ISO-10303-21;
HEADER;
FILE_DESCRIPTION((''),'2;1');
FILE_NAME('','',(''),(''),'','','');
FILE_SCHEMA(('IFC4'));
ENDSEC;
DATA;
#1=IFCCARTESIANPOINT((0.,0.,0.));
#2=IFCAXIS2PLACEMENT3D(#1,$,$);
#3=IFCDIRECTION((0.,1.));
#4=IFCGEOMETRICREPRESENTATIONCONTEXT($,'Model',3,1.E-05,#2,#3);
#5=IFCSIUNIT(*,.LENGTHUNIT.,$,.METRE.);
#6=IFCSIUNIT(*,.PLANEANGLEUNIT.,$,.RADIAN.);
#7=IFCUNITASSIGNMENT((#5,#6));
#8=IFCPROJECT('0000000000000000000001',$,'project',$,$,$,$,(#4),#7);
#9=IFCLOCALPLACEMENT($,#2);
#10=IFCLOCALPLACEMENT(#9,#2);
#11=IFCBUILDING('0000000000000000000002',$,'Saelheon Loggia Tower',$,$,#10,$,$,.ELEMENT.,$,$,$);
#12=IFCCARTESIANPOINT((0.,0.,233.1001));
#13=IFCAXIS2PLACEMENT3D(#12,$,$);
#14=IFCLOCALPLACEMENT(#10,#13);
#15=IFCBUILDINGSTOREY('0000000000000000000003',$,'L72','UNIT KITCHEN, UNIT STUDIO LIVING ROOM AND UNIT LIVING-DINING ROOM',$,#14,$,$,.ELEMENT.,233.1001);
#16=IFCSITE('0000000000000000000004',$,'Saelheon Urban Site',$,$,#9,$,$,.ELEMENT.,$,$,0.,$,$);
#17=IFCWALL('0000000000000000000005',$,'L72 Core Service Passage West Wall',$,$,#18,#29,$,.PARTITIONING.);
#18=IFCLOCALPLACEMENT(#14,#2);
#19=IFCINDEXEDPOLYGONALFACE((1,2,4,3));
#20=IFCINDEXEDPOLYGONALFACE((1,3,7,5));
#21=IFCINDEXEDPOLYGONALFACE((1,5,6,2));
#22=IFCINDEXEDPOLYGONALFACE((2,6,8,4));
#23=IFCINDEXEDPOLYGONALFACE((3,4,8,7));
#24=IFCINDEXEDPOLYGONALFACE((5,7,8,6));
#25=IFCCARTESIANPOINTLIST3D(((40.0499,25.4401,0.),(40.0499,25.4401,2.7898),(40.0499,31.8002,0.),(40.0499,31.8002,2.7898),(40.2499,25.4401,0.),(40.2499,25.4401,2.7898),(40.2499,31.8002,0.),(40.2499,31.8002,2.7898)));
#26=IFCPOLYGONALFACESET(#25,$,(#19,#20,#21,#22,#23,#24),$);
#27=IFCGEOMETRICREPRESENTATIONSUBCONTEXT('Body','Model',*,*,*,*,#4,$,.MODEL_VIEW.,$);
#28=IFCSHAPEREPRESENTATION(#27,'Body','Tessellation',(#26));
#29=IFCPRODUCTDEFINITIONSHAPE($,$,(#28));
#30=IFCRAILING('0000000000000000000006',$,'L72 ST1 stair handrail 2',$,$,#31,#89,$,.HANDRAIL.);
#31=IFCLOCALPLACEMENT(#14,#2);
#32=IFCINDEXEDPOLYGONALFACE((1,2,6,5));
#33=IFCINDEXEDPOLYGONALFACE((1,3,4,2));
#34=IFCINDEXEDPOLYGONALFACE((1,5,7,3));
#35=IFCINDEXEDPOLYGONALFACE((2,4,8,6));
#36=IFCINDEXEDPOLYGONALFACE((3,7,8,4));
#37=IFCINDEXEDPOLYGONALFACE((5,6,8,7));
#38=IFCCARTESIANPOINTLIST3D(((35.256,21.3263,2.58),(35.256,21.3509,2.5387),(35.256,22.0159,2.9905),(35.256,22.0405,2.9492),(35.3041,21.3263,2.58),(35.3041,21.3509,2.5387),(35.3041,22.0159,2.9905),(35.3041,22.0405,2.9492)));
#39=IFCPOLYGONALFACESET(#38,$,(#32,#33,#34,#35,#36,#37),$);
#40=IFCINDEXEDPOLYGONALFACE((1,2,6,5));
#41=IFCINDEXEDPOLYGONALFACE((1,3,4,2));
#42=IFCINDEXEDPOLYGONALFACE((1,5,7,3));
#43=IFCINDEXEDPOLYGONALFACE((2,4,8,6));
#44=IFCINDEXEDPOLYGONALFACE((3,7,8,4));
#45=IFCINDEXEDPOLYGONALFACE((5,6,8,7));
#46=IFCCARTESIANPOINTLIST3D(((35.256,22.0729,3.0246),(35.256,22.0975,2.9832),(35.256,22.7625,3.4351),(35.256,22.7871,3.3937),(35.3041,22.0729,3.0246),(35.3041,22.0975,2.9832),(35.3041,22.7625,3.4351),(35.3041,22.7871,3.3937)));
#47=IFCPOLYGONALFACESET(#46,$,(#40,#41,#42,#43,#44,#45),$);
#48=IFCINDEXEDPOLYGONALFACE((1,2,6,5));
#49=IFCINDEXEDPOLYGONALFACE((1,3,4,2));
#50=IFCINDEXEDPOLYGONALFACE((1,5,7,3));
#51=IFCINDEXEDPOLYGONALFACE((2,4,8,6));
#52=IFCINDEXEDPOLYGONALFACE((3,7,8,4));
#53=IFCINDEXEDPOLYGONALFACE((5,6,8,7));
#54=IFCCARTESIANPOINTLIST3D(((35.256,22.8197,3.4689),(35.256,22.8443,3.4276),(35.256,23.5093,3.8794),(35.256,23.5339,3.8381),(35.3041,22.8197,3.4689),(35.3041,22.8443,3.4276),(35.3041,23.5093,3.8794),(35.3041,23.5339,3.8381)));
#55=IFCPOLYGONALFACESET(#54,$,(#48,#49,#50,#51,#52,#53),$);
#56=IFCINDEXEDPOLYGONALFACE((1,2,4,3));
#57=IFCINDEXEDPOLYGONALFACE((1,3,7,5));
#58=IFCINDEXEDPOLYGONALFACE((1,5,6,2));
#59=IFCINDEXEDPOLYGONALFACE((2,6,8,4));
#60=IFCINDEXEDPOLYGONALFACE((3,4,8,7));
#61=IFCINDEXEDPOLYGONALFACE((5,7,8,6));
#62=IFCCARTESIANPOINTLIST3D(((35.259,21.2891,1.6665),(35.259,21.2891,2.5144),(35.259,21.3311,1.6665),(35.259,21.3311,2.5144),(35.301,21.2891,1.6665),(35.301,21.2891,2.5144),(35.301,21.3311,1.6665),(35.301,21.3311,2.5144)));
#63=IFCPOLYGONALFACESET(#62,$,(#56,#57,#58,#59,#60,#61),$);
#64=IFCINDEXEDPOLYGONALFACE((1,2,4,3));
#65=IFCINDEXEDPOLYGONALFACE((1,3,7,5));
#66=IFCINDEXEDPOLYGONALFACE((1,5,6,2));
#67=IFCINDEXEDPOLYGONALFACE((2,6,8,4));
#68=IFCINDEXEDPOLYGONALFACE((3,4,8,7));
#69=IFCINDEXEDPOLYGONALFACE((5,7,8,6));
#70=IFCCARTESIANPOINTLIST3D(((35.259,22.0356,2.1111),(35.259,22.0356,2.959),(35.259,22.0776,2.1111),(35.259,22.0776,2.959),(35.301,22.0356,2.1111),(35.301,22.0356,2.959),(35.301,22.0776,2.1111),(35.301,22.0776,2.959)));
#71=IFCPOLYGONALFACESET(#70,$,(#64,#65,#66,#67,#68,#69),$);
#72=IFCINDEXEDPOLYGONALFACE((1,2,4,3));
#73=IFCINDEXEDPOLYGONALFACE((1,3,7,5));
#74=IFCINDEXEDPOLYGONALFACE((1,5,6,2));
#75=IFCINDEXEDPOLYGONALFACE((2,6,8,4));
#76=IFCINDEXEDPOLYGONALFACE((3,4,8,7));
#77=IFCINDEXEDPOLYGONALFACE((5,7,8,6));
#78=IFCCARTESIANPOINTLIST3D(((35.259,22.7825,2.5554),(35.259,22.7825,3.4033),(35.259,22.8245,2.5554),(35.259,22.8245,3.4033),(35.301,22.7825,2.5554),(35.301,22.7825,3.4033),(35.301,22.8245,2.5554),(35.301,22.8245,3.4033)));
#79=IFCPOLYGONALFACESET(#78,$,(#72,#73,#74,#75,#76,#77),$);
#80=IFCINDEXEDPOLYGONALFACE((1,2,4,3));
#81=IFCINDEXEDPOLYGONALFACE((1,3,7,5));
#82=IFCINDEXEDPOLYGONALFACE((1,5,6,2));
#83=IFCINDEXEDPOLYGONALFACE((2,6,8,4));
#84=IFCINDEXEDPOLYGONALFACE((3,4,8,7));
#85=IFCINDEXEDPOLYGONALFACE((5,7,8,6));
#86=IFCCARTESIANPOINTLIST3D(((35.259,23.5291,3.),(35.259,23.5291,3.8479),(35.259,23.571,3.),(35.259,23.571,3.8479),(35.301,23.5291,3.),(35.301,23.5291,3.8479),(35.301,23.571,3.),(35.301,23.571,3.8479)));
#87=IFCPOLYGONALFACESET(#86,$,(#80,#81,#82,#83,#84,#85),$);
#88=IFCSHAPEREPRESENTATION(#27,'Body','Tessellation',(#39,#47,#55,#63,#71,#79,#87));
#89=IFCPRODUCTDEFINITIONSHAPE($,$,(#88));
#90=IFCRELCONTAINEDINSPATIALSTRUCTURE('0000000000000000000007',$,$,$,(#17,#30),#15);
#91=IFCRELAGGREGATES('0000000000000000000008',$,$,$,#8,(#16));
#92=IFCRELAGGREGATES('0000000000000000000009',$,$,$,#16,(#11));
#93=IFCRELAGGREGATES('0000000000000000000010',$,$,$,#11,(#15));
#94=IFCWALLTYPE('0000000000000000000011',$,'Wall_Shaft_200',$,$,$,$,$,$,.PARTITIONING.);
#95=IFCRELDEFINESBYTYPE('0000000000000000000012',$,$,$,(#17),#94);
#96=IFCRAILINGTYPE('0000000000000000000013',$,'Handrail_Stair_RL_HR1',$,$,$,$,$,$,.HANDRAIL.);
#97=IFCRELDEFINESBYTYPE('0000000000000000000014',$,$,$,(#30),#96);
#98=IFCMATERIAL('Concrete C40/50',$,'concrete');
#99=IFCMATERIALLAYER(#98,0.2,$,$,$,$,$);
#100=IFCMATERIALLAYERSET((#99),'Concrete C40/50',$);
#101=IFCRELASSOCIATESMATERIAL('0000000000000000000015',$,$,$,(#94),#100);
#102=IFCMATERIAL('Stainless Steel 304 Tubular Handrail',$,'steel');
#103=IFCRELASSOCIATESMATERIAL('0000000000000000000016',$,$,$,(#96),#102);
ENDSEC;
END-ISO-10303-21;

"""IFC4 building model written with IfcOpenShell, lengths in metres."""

from ifc_helpers import new_model, si_unit, direction, frame, frame_2d, origin, origin_2d, place, context, subcontext, project, spatial, rectangle, extrude, material, layer, layer_set, type_object, element, save


model = new_model("IFC4")

# Units and contexts
model_context = context("Model", 3, precision=1e-05, world=origin(), true_north=direction((0.0, 1.0)))
body_context = subcontext(model_context, "Body", "Model", "MODEL_VIEW")
ifc_project = project(units=[si_unit("LENGTHUNIT", "METRE"), si_unit("PLANEANGLEUNIT", "RADIAN")], contexts=[model_context])

# Site, building, storey
site_placement = place(None, origin())
site = spatial("IfcSite", under=ifc_project, at=site_placement, Name="Saelheon Urban Site", CompositionType="ELEMENT", RefElevation=0.0)
building_placement = place(site_placement, origin())
building = spatial("IfcBuilding", under=site, at=building_placement, Name="Saelheon Loggia Tower", CompositionType="ELEMENT")
storey_placement = place(building_placement, frame((0.0, 0.0, 233.1001)))
storey = spatial("IfcBuildingStorey", under=building, at=storey_placement, Name="L72", Description="UNIT KITCHEN, UNIT STUDIO LIVING ROOM AND UNIT LIVING-DINING ROOM", CompositionType="ELEMENT", Elevation=233.1001)

# Wall
ifc_material_1 = material(Name="Concrete C40/50", Category="concrete")
ifc_layer_1 = layer(ifc_material_1, 0.2)
ifc_layer_set_1 = layer_set([ifc_layer_1], Name="Concrete C40/50")
wall_type_1 = type_object("IfcWallType", Name="Wall_Shaft_200", PredefinedType="PARTITIONING", material=ifc_layer_set_1)
wall_1_placement = place(storey_placement, frame((40.1499, 25.4399, 0.0), z_axis=(0.0, 0.0, 1.0), x_axis=(0.0, 1.0, 0.0)))
element("IfcWall", 1, at=wall_1_placement, inside=storey, type_object=wall_type_1, Name="L72 Core Service Passage West Wall", PredefinedType="PARTITIONING", context=body_context, shape_type="SweptSolid", body=[
    extrude(rectangle(XDim=6.3601, YDim=0.2, at=frame_2d((3.1802, 0.0))), origin(), (0.0, 0.0, 1.0), 2.7898),
])

# Railing
ifc_material_2 = material(Name="Stainless Steel 304 Tubular Handrail", Category="steel")
railing_type = type_object("IfcRailingType", Name="Handrail_Stair_RL_HR1", PredefinedType="HANDRAIL", material=ifc_material_2)
railing_placement = place(storey_placement, frame((35.28, 21.3101, 1.6665)))
element("IfcRailing", 2, at=railing_placement, inside=storey, type_object=railing_type, Name="L72 ST1 stair handrail 2", PredefinedType="HANDRAIL", context=body_context, shape_type="SweptSolid", body=[
    extrude(rectangle(XDim=0.0481, YDim=0.0481, at=origin_2d()), frame((0.0, 0.0286, 0.8928), z_axis=(0.0, 0.859264, 0.511532), x_axis=(-1.0, 0.0, 0.0)), (0.0, 0.0, 1.0), 0.8025),
    extrude(rectangle(XDim=0.0481, YDim=0.0481, at=origin_2d()), frame((0.0, 0.7751, 1.3374), z_axis=(0.0, 0.859264, 0.511532), x_axis=(-1.0, 0.0, 0.0)), (0.0, 0.0, 1.0), 0.8025),
    extrude(rectangle(XDim=0.0481, YDim=0.0481, at=origin_2d()), frame((0.0, 1.522, 1.7817), z_axis=(0.0, 0.859264, 0.511532), x_axis=(-1.0, 0.0, 0.0)), (0.0, 0.0, 1.0), 0.8025),
    extrude(rectangle(XDim=0.042, YDim=0.042, at=origin_2d()), origin(), (0.0, 0.0, 1.0), 0.8479),
    extrude(rectangle(XDim=0.042, YDim=0.042, at=origin_2d()), frame((0.0, 0.7466, 0.4446)), (0.0, 0.0, 1.0), 0.8479),
    extrude(rectangle(XDim=0.042, YDim=0.042, at=origin_2d()), frame((0.0, 1.4934, 0.8889)), (0.0, 0.0, 1.0), 0.8479),
    extrude(rectangle(XDim=0.042, YDim=0.042, at=origin_2d()), frame((0.0, 2.24, 1.3335)), (0.0, 0.0, 1.0), 0.8479),
])

save(model, "model.ifc")
